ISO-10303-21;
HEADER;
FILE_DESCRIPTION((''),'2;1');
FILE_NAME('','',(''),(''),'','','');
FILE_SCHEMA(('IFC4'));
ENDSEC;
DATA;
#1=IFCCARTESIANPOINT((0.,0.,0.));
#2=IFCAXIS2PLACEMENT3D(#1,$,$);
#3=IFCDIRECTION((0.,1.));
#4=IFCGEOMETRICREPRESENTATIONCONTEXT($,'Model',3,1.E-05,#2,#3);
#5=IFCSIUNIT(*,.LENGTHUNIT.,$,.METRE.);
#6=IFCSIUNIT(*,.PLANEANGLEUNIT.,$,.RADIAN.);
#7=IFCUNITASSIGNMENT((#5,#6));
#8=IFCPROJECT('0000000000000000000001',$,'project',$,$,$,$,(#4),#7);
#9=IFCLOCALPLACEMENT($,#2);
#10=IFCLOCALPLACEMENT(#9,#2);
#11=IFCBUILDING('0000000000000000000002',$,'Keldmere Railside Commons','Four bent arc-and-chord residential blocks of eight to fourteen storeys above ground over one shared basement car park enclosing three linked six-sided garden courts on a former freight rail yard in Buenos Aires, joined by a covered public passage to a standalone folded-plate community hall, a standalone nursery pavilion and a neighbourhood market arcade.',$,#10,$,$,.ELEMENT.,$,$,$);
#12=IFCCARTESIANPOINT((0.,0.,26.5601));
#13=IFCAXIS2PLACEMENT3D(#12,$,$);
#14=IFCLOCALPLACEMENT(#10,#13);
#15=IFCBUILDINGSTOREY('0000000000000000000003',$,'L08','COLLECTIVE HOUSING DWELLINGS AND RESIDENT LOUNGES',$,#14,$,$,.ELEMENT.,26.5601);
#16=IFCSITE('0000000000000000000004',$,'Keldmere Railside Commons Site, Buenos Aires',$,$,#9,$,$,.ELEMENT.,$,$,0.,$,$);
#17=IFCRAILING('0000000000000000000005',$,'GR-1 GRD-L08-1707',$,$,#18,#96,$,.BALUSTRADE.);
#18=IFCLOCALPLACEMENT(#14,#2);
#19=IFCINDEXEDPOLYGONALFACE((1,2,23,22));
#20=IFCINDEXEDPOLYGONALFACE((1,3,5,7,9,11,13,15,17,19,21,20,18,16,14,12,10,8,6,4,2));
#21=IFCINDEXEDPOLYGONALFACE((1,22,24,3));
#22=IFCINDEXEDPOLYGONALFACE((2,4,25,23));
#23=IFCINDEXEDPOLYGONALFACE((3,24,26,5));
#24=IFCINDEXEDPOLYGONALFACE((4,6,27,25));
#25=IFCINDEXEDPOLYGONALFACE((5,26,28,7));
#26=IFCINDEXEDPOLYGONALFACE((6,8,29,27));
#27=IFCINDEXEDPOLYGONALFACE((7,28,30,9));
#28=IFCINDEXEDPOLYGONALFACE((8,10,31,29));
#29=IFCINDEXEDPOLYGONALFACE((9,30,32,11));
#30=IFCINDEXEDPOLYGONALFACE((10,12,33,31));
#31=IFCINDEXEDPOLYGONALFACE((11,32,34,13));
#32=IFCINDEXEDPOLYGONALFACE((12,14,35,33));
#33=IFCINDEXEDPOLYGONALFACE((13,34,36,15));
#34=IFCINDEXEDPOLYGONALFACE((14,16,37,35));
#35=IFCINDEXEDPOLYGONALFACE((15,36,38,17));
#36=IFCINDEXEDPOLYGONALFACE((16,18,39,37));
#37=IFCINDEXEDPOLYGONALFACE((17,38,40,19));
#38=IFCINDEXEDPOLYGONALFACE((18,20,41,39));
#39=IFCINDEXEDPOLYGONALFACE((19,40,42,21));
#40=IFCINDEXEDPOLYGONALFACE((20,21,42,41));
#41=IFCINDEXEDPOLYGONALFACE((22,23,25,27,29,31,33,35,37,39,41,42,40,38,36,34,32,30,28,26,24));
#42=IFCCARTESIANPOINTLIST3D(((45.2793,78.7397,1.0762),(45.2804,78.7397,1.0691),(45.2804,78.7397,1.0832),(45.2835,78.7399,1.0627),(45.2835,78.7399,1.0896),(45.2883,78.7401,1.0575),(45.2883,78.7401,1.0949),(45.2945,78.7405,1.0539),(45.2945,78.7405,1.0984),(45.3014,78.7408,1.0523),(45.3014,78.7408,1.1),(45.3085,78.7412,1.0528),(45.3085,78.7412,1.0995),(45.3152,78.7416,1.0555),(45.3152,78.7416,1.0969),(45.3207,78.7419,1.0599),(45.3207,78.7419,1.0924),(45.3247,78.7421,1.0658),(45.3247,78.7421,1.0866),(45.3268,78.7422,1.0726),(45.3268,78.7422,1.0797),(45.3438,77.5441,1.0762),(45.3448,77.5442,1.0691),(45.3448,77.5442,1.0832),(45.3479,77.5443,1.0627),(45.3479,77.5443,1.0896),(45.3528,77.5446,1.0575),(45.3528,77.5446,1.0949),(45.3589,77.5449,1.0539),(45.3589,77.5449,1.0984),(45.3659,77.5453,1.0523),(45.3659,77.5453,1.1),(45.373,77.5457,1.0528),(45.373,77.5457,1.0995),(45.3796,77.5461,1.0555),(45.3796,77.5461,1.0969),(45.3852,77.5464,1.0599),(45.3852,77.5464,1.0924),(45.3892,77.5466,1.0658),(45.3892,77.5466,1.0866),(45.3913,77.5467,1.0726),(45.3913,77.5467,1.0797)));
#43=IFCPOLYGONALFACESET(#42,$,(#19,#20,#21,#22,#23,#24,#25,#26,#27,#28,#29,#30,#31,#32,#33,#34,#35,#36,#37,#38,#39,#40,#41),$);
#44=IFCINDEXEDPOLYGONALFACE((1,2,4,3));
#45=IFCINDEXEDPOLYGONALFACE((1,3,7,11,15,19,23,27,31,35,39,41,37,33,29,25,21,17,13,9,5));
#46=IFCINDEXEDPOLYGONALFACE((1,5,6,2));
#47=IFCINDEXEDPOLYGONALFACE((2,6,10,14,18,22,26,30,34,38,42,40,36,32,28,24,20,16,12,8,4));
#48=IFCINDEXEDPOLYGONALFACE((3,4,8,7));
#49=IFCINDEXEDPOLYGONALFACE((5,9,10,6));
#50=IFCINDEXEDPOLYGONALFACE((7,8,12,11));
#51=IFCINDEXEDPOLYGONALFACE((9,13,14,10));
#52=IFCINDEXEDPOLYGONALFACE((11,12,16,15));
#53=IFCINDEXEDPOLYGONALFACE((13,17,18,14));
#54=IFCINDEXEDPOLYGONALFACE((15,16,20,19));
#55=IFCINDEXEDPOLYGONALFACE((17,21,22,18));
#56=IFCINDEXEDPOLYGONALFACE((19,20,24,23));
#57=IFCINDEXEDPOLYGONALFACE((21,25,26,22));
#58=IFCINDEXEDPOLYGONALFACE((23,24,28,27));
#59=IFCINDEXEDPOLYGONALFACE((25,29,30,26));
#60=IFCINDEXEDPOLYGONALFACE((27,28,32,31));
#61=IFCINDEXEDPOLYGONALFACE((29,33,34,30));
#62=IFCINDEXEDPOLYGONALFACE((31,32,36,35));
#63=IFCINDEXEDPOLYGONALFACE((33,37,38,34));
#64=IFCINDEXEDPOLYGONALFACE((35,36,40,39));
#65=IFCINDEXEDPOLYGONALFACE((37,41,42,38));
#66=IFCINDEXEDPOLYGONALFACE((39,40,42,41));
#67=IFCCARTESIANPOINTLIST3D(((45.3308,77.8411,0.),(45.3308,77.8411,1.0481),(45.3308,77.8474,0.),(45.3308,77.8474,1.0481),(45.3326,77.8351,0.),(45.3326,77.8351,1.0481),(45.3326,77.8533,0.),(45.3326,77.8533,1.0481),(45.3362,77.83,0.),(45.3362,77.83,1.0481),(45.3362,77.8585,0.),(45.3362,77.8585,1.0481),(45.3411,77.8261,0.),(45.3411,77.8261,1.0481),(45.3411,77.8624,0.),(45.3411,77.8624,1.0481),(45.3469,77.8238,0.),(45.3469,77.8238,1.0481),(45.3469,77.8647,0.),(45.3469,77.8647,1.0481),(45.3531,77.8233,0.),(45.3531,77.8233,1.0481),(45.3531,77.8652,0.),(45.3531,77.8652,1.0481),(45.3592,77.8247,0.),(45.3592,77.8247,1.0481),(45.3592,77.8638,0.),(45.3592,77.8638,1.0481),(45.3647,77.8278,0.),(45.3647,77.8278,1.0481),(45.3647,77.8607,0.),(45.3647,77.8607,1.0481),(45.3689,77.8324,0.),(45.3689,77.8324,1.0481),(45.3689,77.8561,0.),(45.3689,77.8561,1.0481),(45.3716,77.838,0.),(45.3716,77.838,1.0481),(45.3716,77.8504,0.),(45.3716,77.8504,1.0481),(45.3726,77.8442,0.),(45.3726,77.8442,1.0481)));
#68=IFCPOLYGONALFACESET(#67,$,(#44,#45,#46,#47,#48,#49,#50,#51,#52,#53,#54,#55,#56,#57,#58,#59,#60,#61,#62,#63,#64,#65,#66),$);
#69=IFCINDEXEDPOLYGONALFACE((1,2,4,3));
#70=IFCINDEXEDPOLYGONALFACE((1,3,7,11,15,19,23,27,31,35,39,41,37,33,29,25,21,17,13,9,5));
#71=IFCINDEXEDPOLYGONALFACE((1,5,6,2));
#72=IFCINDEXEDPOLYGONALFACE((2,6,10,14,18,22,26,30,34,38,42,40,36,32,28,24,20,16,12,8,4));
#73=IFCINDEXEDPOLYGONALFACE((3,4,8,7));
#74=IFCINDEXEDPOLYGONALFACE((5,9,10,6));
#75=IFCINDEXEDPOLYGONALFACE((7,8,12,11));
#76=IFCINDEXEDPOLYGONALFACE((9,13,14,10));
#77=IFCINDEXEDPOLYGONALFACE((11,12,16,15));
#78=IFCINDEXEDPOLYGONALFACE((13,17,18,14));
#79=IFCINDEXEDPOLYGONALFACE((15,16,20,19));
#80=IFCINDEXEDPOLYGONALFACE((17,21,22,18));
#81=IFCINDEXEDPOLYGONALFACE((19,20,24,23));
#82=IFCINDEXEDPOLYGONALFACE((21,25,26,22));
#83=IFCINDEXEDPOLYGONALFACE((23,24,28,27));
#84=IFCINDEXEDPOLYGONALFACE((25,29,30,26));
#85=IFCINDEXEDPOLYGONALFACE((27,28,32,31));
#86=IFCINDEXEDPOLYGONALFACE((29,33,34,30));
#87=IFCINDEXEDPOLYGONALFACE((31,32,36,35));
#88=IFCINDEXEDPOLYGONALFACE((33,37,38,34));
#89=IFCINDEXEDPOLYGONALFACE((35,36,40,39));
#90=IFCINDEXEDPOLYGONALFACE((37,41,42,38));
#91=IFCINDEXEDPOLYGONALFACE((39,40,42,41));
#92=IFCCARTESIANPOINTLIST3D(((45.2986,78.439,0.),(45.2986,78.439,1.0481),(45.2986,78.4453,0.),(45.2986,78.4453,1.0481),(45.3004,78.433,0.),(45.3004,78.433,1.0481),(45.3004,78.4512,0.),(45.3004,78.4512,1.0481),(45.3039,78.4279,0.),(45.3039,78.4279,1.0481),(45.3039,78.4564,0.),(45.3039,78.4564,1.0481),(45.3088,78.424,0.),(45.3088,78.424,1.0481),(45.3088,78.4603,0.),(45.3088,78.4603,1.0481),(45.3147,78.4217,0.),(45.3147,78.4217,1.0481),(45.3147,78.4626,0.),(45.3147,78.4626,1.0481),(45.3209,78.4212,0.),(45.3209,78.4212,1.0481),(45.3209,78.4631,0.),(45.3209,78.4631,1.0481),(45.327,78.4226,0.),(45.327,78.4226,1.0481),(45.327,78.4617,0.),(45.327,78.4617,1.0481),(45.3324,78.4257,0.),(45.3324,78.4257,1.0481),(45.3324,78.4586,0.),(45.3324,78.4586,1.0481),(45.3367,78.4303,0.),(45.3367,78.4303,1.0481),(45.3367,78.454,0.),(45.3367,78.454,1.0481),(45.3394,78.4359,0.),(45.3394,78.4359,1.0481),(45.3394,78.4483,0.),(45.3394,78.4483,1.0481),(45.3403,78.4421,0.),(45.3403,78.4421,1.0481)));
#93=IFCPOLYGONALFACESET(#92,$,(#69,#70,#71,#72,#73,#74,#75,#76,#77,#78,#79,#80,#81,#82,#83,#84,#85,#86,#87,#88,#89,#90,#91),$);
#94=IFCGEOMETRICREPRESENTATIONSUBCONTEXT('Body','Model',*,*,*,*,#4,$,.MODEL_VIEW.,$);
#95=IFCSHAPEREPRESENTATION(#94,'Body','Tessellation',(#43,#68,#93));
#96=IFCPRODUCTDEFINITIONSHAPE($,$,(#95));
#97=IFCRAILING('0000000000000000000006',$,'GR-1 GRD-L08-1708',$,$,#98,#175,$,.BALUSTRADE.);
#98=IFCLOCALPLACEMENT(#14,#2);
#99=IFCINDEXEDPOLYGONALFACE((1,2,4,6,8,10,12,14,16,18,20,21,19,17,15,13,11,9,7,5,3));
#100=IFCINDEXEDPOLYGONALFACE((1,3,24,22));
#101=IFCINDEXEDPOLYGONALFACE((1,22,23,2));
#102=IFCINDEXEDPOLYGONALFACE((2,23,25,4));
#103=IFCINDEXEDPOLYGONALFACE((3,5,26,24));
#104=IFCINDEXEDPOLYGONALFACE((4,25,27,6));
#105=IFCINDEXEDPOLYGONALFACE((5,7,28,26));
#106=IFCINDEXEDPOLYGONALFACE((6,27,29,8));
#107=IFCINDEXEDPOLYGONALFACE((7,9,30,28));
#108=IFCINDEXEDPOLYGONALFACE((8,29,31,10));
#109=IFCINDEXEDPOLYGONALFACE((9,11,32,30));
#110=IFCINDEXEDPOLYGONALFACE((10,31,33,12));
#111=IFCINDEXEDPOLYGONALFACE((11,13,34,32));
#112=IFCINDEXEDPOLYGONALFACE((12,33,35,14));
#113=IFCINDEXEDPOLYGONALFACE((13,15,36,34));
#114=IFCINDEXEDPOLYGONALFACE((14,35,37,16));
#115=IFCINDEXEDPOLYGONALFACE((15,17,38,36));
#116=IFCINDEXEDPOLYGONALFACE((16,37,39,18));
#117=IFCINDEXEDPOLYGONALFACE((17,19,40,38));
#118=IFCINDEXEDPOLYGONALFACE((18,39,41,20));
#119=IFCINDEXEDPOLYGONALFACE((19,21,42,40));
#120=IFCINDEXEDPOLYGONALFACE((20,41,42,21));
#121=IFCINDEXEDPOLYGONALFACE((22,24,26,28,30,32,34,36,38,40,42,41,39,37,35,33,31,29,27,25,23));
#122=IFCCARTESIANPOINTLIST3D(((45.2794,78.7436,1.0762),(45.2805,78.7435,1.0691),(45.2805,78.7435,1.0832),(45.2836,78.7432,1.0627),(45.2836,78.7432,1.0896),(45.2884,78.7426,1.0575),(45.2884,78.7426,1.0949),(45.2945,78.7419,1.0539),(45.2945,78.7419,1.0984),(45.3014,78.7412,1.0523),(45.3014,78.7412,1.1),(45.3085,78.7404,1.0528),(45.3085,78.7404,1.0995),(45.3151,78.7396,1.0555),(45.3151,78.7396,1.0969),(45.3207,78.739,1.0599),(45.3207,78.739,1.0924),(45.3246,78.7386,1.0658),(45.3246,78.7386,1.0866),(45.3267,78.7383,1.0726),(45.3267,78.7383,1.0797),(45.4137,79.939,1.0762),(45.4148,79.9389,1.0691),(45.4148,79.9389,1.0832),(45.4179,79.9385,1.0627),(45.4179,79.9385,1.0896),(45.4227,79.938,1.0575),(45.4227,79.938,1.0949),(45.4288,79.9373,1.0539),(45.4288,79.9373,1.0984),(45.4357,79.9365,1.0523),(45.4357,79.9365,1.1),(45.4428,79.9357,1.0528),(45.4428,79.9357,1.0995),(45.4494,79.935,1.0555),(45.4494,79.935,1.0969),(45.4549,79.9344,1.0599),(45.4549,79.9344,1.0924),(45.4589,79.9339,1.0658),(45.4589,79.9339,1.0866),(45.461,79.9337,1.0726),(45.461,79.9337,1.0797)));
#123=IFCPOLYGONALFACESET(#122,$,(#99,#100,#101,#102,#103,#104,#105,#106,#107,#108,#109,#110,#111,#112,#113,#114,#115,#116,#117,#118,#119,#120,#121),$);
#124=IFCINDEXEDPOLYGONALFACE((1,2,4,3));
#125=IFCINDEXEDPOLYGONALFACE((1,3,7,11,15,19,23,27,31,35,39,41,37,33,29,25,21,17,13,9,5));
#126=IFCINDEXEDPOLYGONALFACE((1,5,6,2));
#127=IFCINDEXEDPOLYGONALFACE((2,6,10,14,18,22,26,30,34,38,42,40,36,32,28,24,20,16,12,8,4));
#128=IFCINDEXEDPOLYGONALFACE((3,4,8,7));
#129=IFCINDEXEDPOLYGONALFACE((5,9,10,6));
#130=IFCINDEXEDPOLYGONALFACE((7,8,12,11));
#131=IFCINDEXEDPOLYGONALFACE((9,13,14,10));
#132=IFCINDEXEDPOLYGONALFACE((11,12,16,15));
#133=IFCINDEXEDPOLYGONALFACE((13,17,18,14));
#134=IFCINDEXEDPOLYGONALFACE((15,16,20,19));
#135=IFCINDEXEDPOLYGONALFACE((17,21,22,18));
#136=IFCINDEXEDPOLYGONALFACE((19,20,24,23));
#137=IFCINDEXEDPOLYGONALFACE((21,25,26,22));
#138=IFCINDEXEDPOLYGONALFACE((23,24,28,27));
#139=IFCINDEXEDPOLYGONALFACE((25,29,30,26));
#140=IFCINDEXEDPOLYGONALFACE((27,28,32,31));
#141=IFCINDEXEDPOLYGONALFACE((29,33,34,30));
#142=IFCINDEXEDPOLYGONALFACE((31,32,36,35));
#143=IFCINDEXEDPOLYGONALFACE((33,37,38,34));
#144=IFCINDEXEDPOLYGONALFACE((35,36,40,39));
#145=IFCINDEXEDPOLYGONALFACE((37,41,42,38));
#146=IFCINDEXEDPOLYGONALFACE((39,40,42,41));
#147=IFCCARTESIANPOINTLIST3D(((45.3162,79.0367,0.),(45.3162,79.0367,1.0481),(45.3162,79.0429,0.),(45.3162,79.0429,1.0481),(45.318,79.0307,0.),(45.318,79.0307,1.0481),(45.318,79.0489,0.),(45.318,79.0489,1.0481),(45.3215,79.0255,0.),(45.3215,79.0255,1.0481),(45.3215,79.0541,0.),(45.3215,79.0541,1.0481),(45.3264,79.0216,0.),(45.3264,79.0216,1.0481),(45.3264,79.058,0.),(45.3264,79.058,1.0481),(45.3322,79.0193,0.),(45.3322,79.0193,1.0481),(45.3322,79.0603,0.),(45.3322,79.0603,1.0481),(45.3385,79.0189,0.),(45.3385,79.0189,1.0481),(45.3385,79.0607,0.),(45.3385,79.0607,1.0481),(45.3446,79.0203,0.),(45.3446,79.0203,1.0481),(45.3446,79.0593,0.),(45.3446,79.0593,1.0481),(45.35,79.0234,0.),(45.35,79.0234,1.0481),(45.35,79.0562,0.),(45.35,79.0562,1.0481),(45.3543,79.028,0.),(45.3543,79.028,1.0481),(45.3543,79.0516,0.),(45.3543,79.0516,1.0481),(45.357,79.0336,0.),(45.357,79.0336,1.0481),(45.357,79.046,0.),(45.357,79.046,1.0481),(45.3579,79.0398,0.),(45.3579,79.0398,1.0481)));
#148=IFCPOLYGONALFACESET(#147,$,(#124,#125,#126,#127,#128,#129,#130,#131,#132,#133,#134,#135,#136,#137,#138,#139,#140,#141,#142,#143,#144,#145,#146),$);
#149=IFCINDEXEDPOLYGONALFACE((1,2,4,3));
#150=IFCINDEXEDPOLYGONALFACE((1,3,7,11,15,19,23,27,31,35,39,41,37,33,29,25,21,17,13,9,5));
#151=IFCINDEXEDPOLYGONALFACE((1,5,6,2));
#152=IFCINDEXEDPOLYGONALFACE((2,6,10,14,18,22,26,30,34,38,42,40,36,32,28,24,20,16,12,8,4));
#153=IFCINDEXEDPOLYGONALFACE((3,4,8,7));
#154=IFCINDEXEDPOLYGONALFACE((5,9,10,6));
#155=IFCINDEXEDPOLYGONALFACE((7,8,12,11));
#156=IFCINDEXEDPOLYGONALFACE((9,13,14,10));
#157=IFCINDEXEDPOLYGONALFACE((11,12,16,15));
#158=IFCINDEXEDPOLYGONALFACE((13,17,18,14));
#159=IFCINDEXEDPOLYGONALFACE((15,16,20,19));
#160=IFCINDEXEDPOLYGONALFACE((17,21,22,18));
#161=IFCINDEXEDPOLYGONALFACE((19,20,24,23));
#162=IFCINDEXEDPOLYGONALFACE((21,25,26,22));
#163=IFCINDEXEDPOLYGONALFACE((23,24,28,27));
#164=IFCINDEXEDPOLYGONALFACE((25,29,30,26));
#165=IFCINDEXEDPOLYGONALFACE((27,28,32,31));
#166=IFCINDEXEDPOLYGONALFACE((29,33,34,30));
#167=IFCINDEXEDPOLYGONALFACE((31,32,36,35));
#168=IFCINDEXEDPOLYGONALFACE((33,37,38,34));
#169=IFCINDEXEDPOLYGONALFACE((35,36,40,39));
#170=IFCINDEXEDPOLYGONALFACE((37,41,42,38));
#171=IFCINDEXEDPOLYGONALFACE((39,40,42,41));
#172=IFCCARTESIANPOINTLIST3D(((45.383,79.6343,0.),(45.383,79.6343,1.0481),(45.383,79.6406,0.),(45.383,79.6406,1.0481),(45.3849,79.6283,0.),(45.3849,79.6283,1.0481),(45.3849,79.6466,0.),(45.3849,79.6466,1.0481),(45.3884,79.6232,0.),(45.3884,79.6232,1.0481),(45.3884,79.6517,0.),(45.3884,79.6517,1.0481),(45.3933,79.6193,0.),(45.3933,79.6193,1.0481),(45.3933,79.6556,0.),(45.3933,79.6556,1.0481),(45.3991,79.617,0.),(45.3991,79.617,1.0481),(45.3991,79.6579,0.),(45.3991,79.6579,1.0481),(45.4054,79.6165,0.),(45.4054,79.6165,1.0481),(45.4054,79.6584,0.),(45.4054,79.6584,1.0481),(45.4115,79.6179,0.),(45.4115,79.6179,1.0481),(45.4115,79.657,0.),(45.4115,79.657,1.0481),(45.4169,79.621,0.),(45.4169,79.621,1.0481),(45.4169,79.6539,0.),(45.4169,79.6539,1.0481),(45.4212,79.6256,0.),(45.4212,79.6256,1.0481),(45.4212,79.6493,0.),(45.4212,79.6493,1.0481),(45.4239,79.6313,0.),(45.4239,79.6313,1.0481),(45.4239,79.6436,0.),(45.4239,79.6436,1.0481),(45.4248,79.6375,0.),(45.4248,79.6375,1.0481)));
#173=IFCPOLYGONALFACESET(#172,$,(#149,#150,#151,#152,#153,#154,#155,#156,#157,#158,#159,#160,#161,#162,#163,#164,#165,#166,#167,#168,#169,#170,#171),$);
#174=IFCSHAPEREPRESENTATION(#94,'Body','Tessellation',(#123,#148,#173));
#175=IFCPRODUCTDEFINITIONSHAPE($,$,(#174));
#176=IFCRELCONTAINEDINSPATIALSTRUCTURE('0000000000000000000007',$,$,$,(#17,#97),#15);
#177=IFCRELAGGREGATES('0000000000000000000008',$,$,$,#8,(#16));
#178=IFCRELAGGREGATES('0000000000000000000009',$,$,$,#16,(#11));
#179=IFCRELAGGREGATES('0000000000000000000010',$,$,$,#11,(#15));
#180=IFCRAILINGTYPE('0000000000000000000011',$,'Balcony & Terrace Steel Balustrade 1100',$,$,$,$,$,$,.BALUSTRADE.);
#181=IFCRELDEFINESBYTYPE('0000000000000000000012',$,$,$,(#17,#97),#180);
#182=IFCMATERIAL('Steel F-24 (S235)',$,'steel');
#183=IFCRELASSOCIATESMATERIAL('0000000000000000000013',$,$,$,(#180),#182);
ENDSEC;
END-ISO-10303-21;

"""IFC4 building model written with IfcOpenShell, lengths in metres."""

from ifc_helpers import new_model, si_unit, direction, frame, origin, origin_2d, place, context, subcontext, project, spatial, circle, extrude, material, type_object, element, save


model = new_model("IFC4")

# Units and contexts
model_context = context("Model", 3, precision=1e-05, world=origin(), true_north=direction((0.0, 1.0)))
body_context = subcontext(model_context, "Body", "Model", "MODEL_VIEW")
ifc_project = project(units=[si_unit("LENGTHUNIT", "METRE"), si_unit("PLANEANGLEUNIT", "RADIAN")], contexts=[model_context])

# Site, building, storey
site_placement = place(None, origin())
site = spatial("IfcSite", under=ifc_project, at=site_placement, Name="Keldmere Railside Commons Site, Buenos Aires", CompositionType="ELEMENT", RefElevation=0.0)
building_placement = place(site_placement, origin())
building = spatial("IfcBuilding", under=site, at=building_placement, Name="Keldmere Railside Commons", Description="Four bent arc-and-chord residential blocks of eight to fourteen storeys above ground over one shared basement car park enclosing three linked six-sided garden courts on a former freight rail yard in Buenos Aires, joined by a covered public passage to a standalone folded-plate community hall, a standalone nursery pavilion and a neighbourhood market arcade.", CompositionType="ELEMENT")
storey_placement = place(building_placement, frame((0.0, 0.0, 26.5601)))
storey = spatial("IfcBuildingStorey", under=building, at=storey_placement, Name="L08", Description="COLLECTIVE HOUSING DWELLINGS AND RESIDENT LOUNGES", CompositionType="ELEMENT", Elevation=26.5601)

# Railings
ifc_material_1 = material(Name="Steel F-24 (S235)", Category="steel")
railing_type = type_object("IfcRailingType", Name="Balcony & Terrace Steel Balustrade 1100", PredefinedType="BALUSTRADE", material=ifc_material_1)
railing_1_placement = place(storey_placement, frame((45.3677, 77.5454, 0.0)))
element("IfcRailing", 1, at=railing_1_placement, inside=storey, type_object=railing_type, Name="GR-1 GRD-L08-1707", PredefinedType="BALUSTRADE", context=body_context, shape_type="SweptSolid", body=[
    extrude(circle(Radius=0.0239, at=origin_2d()), frame((0.0, 0.0, 1.0762), z_axis=(-0.053832, 0.99855, 0.0), x_axis=(-0.99855, -0.053832, 0.0)), (0.0, 0.0, 1.0), 1.1973),
    extrude(circle(Radius=0.021, at=origin_2d()), frame((-0.0161, 0.2988, 0.0)), (0.0, 0.0, 1.0), 1.0481),
    extrude(circle(Radius=0.021, at=origin_2d()), frame((-0.0483, 0.8967, 0.0)), (0.0, 0.0, 1.0), 1.0481),
])
railing_2_placement = place(storey_placement, frame((45.3032, 78.741, 0.0)))
element("IfcRailing", 2, at=railing_2_placement, inside=storey, type_object=railing_type, Name="GR-1 GRD-L08-1708", PredefinedType="BALUSTRADE", context=body_context, shape_type="SweptSolid", body=[
    extrude(circle(Radius=0.0239, at=origin_2d()), frame((0.0, 0.0, 1.0762), z_axis=(0.111634, 0.993749, 0.0), x_axis=(-0.993749, 0.111634, 0.0)), (0.0, 0.0, 1.0), 1.2029),
    extrude(circle(Radius=0.021, at=origin_2d()), frame((0.0337, 0.2988, 0.0)), (0.0, 0.0, 1.0), 1.0481),
    extrude(circle(Radius=0.021, at=origin_2d()), frame((0.1006, 0.8965, 0.0)), (0.0, 0.0, 1.0), 1.0481),
])

save(model, "model.ifc")
